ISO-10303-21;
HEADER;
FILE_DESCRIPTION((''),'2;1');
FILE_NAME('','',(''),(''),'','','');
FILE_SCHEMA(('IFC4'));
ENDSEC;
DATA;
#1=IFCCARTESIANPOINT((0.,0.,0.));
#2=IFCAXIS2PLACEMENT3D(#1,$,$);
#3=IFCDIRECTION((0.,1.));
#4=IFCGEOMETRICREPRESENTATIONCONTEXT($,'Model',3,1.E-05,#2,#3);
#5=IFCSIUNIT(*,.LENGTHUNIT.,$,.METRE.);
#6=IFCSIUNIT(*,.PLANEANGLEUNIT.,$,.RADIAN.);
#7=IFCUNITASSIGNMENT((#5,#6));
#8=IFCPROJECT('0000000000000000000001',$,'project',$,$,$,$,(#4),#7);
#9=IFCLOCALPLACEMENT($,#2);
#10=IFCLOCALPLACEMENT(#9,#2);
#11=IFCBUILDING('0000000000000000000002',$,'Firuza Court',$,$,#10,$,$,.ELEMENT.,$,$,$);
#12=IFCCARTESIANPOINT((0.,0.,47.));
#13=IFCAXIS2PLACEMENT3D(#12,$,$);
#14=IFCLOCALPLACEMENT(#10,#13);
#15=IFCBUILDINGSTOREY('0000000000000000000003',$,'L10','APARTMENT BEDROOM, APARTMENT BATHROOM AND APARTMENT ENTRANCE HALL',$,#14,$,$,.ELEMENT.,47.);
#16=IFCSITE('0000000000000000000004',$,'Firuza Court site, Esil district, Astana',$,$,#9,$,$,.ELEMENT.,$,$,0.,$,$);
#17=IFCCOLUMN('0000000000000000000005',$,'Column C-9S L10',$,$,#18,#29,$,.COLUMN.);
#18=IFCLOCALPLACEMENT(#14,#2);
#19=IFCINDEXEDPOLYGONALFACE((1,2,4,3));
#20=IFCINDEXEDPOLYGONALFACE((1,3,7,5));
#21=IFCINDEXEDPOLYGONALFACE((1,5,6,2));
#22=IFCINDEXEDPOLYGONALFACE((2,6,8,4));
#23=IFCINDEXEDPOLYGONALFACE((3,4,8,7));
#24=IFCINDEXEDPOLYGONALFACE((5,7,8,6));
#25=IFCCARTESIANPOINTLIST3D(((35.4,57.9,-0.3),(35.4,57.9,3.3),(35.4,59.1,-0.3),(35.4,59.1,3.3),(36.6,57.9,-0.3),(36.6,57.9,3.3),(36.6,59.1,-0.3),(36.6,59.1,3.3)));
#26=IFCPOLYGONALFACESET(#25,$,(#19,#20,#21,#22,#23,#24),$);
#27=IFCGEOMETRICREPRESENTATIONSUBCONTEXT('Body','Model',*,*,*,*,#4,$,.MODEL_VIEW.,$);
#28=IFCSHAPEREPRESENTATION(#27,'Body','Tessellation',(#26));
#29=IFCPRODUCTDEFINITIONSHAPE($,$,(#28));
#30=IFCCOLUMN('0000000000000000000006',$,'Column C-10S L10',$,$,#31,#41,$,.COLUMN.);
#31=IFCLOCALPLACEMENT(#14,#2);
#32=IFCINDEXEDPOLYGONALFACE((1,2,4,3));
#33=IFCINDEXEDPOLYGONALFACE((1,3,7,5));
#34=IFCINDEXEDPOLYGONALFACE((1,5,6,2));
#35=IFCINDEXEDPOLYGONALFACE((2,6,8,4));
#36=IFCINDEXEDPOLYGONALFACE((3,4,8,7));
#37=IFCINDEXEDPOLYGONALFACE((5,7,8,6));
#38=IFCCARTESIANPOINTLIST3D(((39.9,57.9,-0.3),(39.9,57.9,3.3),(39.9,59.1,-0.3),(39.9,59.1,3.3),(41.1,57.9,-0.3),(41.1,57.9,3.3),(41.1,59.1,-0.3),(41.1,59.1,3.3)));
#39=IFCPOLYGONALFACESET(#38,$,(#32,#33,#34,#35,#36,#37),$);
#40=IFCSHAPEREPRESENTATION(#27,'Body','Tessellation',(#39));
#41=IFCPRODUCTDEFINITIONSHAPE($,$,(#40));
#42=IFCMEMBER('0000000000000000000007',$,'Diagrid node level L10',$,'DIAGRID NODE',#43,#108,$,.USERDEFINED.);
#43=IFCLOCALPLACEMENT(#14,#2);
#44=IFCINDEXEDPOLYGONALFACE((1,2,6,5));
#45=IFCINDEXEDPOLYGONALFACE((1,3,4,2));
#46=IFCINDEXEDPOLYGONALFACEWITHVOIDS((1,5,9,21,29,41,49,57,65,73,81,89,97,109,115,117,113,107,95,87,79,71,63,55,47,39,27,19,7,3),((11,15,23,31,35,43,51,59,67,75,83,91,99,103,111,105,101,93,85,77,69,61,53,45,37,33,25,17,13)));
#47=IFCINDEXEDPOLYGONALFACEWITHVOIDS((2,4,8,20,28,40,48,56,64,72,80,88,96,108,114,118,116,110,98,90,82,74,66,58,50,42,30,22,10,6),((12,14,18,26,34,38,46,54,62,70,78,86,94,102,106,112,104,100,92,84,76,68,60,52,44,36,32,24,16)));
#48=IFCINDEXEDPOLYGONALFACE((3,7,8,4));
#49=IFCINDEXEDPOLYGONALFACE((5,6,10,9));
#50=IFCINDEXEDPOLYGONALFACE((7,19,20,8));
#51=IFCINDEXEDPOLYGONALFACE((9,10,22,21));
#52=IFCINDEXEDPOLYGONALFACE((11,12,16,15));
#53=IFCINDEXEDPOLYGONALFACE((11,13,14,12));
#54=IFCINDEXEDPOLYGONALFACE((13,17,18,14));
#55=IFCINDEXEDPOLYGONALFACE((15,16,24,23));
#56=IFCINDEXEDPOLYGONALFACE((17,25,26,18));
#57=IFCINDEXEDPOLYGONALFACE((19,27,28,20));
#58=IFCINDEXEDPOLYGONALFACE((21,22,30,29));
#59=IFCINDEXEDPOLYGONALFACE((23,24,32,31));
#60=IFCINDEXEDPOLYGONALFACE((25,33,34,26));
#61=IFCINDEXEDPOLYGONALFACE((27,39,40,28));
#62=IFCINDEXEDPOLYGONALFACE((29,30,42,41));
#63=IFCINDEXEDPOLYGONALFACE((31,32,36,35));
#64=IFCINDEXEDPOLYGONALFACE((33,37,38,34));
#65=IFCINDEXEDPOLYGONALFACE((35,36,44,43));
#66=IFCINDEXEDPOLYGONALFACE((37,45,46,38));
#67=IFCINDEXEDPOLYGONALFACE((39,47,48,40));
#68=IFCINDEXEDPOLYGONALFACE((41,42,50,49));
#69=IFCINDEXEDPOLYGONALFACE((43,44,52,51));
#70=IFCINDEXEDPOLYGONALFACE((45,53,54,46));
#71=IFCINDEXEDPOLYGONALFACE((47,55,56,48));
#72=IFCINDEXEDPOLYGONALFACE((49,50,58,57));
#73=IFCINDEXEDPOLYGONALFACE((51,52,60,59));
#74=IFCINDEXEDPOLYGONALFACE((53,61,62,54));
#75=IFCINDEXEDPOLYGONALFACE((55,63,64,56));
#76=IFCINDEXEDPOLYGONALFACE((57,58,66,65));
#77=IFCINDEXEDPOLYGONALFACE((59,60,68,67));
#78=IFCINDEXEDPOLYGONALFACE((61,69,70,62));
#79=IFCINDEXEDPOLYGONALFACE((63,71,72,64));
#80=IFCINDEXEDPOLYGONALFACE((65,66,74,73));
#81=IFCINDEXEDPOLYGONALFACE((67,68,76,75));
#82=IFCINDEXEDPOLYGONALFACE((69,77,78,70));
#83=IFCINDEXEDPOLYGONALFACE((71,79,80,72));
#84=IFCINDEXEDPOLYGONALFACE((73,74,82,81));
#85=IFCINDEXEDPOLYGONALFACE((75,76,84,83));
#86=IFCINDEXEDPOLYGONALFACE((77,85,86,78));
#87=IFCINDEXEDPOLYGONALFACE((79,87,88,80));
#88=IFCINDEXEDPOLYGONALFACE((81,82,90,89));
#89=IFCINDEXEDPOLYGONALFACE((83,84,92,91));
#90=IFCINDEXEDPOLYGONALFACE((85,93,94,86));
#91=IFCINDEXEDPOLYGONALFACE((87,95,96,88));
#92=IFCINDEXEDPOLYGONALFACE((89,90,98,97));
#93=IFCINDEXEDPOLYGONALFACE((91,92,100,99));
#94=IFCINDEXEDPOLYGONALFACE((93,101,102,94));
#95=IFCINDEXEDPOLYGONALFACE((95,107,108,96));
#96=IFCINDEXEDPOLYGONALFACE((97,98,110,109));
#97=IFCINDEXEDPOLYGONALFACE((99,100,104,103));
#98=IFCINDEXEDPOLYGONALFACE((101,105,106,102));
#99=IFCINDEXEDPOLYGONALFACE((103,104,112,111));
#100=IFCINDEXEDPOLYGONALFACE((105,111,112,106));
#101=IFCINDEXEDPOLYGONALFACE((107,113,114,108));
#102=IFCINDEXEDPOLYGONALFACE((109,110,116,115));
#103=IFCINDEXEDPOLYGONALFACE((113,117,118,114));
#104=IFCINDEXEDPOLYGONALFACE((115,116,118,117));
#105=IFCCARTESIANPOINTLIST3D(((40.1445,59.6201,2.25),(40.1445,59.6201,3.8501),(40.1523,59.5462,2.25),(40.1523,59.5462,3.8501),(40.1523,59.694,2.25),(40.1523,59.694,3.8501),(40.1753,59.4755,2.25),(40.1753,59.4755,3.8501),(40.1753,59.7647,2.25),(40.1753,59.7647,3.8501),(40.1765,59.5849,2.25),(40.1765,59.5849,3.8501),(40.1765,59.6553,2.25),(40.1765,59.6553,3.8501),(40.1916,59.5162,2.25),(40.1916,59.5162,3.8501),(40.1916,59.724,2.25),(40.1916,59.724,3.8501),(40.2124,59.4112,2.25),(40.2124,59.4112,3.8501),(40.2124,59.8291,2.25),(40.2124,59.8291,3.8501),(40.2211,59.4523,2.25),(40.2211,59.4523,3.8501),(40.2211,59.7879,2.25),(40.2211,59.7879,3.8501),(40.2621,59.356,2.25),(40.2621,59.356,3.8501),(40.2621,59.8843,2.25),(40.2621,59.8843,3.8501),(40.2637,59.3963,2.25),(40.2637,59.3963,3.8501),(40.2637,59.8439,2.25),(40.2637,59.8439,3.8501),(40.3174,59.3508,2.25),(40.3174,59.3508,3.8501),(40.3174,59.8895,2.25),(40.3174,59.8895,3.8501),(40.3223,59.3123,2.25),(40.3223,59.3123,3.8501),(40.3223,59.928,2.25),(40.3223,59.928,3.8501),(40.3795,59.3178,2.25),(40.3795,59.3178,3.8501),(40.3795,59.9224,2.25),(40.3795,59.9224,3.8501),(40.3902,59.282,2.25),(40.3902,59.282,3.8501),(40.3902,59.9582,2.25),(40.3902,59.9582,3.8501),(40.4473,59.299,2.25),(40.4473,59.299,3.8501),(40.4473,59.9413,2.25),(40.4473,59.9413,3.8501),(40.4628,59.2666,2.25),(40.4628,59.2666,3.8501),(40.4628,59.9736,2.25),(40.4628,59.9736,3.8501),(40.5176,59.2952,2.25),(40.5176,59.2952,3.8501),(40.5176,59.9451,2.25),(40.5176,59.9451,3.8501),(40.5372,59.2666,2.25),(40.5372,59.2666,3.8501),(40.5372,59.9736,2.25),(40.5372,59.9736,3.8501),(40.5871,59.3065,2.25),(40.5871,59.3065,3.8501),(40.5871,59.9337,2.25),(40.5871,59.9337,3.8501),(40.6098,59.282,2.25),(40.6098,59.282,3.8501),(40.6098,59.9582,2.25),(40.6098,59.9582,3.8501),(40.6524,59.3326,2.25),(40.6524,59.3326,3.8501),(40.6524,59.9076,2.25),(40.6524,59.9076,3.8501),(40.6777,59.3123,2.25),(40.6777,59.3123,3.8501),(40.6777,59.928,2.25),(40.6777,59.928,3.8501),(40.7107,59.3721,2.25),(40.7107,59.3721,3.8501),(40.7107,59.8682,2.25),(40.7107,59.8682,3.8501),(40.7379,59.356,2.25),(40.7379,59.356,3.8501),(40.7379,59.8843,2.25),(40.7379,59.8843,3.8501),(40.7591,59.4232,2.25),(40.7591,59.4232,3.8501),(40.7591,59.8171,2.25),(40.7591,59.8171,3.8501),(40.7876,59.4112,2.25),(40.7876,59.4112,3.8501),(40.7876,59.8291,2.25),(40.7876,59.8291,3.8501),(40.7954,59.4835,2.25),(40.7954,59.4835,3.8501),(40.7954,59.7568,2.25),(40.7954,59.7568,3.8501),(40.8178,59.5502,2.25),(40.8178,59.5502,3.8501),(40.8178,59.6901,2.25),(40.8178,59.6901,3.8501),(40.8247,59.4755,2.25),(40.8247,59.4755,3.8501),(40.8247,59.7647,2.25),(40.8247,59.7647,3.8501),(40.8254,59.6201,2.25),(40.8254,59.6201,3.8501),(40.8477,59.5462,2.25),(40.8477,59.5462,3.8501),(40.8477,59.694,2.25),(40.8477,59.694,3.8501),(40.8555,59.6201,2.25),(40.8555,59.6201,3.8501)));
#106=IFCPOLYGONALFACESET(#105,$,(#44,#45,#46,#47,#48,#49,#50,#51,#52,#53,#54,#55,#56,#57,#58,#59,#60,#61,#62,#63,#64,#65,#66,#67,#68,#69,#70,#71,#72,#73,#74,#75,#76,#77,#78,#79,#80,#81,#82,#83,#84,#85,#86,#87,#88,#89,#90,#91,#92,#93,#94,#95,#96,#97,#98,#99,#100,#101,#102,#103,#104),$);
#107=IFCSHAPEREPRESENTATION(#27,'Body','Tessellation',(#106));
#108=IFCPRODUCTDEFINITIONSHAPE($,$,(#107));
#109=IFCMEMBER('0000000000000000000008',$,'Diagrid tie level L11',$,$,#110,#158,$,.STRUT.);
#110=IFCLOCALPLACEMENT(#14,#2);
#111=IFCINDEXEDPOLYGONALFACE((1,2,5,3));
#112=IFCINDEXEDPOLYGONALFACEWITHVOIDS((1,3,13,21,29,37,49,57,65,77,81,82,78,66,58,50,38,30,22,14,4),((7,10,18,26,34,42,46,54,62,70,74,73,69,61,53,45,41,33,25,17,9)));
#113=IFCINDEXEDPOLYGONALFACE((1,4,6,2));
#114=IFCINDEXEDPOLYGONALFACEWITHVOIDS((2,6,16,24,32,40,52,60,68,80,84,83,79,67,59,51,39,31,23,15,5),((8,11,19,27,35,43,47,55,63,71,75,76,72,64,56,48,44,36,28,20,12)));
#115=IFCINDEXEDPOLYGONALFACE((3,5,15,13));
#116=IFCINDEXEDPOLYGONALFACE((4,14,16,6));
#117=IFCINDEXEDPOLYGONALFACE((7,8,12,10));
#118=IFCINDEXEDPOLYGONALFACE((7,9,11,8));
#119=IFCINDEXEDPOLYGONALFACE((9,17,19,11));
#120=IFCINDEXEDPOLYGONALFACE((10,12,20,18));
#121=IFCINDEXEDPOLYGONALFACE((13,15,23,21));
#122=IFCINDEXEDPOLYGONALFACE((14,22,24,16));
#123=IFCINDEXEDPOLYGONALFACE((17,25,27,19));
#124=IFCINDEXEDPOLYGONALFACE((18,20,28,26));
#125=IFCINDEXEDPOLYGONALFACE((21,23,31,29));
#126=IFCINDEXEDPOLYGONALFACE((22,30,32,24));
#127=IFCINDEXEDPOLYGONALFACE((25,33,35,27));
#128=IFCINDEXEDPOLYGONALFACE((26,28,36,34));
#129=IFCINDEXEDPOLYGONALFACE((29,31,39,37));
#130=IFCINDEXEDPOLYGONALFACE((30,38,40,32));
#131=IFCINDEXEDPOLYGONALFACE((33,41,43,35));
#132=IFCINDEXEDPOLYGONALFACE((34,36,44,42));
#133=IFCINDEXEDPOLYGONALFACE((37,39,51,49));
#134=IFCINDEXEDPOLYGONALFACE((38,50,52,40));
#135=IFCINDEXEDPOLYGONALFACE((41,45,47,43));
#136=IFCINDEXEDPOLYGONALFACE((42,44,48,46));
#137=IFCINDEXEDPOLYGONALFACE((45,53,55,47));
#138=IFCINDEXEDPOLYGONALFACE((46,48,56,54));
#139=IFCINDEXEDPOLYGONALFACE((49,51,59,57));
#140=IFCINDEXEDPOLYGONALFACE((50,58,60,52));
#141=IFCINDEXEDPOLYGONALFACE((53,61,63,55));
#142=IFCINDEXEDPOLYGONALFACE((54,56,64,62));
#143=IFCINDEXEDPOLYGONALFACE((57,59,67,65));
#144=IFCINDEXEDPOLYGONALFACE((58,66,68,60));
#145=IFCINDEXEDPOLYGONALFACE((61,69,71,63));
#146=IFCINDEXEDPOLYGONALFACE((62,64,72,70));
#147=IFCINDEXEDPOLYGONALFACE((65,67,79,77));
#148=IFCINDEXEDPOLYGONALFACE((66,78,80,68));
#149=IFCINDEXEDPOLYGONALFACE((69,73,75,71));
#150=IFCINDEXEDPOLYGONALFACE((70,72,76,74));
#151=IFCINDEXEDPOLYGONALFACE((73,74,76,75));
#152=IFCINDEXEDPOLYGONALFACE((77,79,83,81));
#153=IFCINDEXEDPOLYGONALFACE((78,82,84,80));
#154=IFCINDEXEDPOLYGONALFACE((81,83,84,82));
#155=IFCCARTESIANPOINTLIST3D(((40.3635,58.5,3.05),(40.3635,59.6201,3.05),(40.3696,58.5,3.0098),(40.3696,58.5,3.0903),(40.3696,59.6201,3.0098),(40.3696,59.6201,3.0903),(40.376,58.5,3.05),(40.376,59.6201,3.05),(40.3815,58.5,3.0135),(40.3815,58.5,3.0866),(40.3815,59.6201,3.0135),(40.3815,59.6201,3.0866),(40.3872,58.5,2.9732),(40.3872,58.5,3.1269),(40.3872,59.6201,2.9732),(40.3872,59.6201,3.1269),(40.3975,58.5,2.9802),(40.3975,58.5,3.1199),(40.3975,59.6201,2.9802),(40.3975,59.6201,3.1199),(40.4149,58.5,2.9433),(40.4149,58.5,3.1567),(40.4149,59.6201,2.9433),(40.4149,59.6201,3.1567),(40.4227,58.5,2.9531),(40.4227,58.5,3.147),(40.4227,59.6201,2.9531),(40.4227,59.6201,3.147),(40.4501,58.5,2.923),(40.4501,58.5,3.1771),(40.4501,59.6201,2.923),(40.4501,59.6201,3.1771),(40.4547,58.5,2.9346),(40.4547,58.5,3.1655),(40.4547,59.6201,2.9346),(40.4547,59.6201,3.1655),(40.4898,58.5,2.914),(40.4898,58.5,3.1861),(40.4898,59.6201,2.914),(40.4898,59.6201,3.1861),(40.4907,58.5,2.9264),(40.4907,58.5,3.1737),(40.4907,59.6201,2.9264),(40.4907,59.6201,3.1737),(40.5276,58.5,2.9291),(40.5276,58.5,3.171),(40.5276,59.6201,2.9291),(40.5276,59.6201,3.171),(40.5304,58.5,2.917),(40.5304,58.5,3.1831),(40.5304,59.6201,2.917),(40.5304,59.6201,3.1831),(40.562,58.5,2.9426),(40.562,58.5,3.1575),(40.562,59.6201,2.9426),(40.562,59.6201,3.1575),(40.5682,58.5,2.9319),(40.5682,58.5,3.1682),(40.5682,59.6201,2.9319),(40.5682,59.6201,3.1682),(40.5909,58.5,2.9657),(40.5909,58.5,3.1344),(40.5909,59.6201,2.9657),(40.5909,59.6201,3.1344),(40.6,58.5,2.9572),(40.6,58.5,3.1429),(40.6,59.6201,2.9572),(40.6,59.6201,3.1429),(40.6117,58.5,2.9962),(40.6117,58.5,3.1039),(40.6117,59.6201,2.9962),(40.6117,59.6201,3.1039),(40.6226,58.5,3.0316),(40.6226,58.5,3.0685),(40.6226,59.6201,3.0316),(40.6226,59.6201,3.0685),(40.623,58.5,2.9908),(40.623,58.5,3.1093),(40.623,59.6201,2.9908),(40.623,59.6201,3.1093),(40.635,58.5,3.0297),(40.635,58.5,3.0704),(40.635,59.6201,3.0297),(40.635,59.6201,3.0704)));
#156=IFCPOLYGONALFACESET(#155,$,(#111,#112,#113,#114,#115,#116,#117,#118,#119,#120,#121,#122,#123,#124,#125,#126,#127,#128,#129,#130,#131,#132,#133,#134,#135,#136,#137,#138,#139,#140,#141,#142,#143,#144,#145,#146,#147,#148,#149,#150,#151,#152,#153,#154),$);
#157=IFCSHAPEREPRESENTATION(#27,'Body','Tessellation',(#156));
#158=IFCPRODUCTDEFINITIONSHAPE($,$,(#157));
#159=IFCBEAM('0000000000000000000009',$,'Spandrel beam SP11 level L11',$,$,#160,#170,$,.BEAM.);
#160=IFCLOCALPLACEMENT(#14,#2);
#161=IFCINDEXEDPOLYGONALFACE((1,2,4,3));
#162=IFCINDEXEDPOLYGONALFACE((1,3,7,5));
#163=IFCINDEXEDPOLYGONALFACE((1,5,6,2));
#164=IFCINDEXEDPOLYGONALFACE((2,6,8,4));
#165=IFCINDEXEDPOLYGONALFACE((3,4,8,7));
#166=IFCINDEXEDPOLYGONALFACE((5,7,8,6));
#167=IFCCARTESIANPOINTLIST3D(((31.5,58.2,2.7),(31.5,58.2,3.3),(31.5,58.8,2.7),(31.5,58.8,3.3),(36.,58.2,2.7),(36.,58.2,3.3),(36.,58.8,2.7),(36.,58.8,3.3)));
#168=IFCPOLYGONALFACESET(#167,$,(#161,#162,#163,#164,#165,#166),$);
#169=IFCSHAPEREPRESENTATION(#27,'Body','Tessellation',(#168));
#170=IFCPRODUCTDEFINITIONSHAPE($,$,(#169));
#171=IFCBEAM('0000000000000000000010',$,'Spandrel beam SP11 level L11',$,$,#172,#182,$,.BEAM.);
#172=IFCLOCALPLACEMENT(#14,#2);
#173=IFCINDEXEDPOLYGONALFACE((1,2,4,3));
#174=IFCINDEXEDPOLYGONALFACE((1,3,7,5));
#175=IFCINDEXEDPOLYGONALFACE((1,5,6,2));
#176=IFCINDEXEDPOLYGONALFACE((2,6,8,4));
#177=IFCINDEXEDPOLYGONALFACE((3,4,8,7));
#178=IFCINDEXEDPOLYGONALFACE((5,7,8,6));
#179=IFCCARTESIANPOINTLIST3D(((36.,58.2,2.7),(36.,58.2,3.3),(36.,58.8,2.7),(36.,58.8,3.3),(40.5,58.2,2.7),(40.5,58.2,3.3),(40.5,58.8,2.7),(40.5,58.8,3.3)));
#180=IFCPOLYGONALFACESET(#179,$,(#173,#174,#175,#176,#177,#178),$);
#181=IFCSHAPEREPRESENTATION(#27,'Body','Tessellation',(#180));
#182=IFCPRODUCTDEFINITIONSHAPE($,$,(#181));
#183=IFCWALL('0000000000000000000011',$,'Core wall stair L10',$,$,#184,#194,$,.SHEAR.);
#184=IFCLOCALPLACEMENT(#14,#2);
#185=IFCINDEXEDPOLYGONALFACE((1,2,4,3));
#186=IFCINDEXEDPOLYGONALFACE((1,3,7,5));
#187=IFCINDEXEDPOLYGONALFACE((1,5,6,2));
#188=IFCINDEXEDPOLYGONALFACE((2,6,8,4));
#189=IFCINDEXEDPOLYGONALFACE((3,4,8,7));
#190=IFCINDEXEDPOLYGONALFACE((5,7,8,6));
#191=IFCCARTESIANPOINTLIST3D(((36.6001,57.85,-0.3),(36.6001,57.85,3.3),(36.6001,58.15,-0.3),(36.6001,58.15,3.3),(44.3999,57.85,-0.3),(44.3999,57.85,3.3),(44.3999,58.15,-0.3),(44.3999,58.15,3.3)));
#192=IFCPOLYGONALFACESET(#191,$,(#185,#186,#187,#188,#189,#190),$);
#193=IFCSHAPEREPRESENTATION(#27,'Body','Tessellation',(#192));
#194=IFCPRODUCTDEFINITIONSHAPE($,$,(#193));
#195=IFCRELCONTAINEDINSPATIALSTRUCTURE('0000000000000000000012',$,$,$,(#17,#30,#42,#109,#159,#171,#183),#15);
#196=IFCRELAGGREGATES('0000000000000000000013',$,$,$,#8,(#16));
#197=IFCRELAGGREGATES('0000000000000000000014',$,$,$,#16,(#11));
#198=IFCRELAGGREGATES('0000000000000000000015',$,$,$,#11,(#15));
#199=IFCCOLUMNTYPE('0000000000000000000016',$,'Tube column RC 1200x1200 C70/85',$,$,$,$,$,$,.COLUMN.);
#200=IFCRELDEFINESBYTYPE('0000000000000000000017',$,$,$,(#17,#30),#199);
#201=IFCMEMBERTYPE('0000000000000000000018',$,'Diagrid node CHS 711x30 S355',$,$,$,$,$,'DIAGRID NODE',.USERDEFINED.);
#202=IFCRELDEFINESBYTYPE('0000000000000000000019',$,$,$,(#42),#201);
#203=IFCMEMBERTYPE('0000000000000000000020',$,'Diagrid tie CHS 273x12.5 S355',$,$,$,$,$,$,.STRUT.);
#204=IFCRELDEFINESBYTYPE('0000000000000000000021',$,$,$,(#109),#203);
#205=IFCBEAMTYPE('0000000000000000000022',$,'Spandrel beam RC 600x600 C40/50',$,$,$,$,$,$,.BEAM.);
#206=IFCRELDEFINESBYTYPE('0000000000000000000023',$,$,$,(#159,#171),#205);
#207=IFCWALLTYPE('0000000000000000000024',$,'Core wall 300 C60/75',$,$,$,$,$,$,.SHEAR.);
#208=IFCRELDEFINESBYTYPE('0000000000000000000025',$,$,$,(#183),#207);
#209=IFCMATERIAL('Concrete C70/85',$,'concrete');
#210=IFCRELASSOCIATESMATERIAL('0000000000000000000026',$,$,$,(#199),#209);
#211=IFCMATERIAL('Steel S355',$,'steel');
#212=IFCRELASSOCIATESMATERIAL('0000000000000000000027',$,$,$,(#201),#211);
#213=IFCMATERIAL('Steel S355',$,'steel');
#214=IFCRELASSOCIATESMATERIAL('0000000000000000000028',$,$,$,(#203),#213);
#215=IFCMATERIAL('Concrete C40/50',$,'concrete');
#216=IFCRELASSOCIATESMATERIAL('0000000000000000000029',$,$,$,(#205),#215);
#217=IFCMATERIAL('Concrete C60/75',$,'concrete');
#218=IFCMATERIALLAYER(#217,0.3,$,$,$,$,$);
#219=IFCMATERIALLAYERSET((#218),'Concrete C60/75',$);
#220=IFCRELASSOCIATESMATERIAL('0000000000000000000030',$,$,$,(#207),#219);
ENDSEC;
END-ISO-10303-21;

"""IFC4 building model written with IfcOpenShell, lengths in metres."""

from ifc_helpers import new_model, si_unit, direction, frame, frame_2d, origin, origin_2d, place, context, subcontext, project, spatial, rectangle, hollow_circle, extrude, material, layer, layer_set, material_profile, profile_set, type_object, element, save


model = new_model("IFC4")

# Units and contexts
model_context = context("Model", 3, precision=1e-05, world=origin(), true_north=direction((0.0, 1.0)))
body_context = subcontext(model_context, "Body", "Model", "MODEL_VIEW")
ifc_project = project(units=[si_unit("LENGTHUNIT", "METRE"), si_unit("PLANEANGLEUNIT", "RADIAN")], contexts=[model_context])

# Site, building, storey
site_placement = place(None, origin())
site = spatial("IfcSite", under=ifc_project, at=site_placement, Name="Firuza Court site, Esil district, Astana", CompositionType="ELEMENT", RefElevation=0.0)
building_placement = place(site_placement, origin())
building = spatial("IfcBuilding", under=site, at=building_placement, Name="Firuza Court", CompositionType="ELEMENT")
storey_placement = place(building_placement, frame((0.0, 0.0, 47.0)))
storey = spatial("IfcBuildingStorey", under=building, at=storey_placement, Name="L10", Description="APARTMENT BEDROOM, APARTMENT BATHROOM AND APARTMENT ENTRANCE HALL", CompositionType="ELEMENT", Elevation=47.0)

# Columns
ifc_material_1 = material(Name="Concrete C70/85", Category="concrete")
ifc_material_profile_1 = material_profile(ifc_material_1, rectangle(XDim=1.2, YDim=1.2, at=origin_2d()), Name="RC 1200x1200")
ifc_profile_set_1 = profile_set([ifc_material_profile_1], Name="Concrete C70/85")
column_type = type_object("IfcColumnType", Name="Tube column RC 1200x1200 C70/85", PredefinedType="COLUMN", material=ifc_profile_set_1)
for number, where, z_axis, x_axis, name in (
    (1, (36.0, 58.5, -0.3), (0.0, 0.0, 1.0), (1.0, 0.0, 0.0), "Column C-9S L10"),
    (2, (40.5, 58.5, -0.3), (0.0, 0.0, 1.0), (1.0, 0.0, 0.0), "Column C-10S L10"),
):
    element("IfcColumn", number, at=place(storey_placement, frame(where, z_axis=z_axis, x_axis=x_axis)), inside=storey, type_object=column_type, Name=name, PredefinedType="COLUMN", context=body_context, shape_type="SweptSolid", body=[
        extrude(rectangle(XDim=1.2, YDim=1.2, at=origin_2d()), origin(), (0.0, 0.0, 1.0), 3.6001),
    ])

# Members
ifc_material_2 = material(Name="Steel S355", Category="steel")
ifc_material_profile_2 = material_profile(ifc_material_2, hollow_circle(Radius=0.3555, WallThickness=0.03, at=origin_2d()), Name="CHS 711x30")
ifc_profile_set_2 = profile_set([ifc_material_profile_2], Name="Steel S355")
member_type_1 = type_object("IfcMemberType", Name="Diagrid node CHS 711x30 S355", ElementType="DIAGRID NODE", PredefinedType="USERDEFINED", material=ifc_profile_set_2)
member_1_placement = place(storey_placement, frame((40.5, 59.6201, 2.25), z_axis=(0.0, 0.0, 1.0), x_axis=(1.0, 0.0, 0.0)))
element("IfcMember", 3, at=member_1_placement, inside=storey, type_object=member_type_1, Name="Diagrid node level L10", ObjectType="DIAGRID NODE", PredefinedType="USERDEFINED", context=body_context, shape_type="SweptSolid", body=[
    extrude(hollow_circle(Radius=0.3555, WallThickness=0.03, at=origin_2d()), origin(), (0.0, 0.0, 1.0), 1.6001),
])
ifc_material_3 = material(Name="Steel S355", Category="steel")
ifc_material_profile_3 = material_profile(ifc_material_3, hollow_circle(Radius=0.1365, WallThickness=0.0125, at=origin_2d()), Name="CHS 273x12.5")
ifc_profile_set_3 = profile_set([ifc_material_profile_3], Name="Steel S355")
member_type_2 = type_object("IfcMemberType", Name="Diagrid tie CHS 273x12.5 S355", PredefinedType="STRUT", material=ifc_profile_set_3)
member_2_placement = place(storey_placement, frame((40.5, 58.5, 3.05), z_axis=(0.0, 1.0, 0.0), x_axis=(-1.0, 0.0, 0.0)))
element("IfcMember", 4, at=member_2_placement, inside=storey, type_object=member_type_2, Name="Diagrid tie level L11", PredefinedType="STRUT", context=body_context, shape_type="SweptSolid", body=[
    extrude(hollow_circle(Radius=0.1365, WallThickness=0.0125, at=origin_2d()), origin(), (0.0, 0.0, 1.0), 1.1201),
])

# Beams
ifc_material_4 = material(Name="Concrete C40/50", Category="concrete")
ifc_material_profile_4 = material_profile(ifc_material_4, rectangle(XDim=0.6001, YDim=0.6001, at=origin_2d()), Name="RC 600x600")
ifc_profile_set_4 = profile_set([ifc_material_profile_4], Name="Concrete C40/50")
beam_type = type_object("IfcBeamType", Name="Spandrel beam RC 600x600 C40/50", PredefinedType="BEAM", material=ifc_profile_set_4)
for number, where, z_axis, x_axis, name in (
    (5, (36.0, 58.5, 3.0), (-1.0, 0.0, 0.0), (0.0, -1.0, 0.0), "Spandrel beam SP11 level L11"),
    (6, (40.5, 58.5, 3.0), (-1.0, 0.0, 0.0), (0.0, -1.0, 0.0), "Spandrel beam SP11 level L11"),
):
    element("IfcBeam", number, at=place(storey_placement, frame(where, z_axis=z_axis, x_axis=x_axis)), inside=storey, type_object=beam_type, Name=name, PredefinedType="BEAM", context=body_context, shape_type="SweptSolid", body=[
        extrude(rectangle(XDim=0.6001, YDim=0.6001, at=origin_2d()), origin(), (0.0, 0.0, 1.0), 4.5),
    ])

# Wall
ifc_material_5 = material(Name="Concrete C60/75", Category="concrete")
ifc_layer_1 = layer(ifc_material_5, 0.3)
ifc_layer_set_1 = layer_set([ifc_layer_1], Name="Concrete C60/75")
wall_type_1 = type_object("IfcWallType", Name="Core wall 300 C60/75", PredefinedType="SHEAR", material=ifc_layer_set_1)
wall_1_placement = place(storey_placement, frame((36.6001, 58.0, -0.3), z_axis=(0.0, 0.0, 1.0), x_axis=(1.0, 0.0, 0.0)))
element("IfcWall", 7, at=wall_1_placement, inside=storey, type_object=wall_type_1, Name="Core wall stair L10", PredefinedType="SHEAR", context=body_context, shape_type="SweptSolid", body=[
    extrude(rectangle(XDim=7.7998, YDim=0.3, at=frame_2d((3.8999, 0.0))), origin(), (0.0, 0.0, 1.0), 3.6001),
])

save(model, "model.ifc")
